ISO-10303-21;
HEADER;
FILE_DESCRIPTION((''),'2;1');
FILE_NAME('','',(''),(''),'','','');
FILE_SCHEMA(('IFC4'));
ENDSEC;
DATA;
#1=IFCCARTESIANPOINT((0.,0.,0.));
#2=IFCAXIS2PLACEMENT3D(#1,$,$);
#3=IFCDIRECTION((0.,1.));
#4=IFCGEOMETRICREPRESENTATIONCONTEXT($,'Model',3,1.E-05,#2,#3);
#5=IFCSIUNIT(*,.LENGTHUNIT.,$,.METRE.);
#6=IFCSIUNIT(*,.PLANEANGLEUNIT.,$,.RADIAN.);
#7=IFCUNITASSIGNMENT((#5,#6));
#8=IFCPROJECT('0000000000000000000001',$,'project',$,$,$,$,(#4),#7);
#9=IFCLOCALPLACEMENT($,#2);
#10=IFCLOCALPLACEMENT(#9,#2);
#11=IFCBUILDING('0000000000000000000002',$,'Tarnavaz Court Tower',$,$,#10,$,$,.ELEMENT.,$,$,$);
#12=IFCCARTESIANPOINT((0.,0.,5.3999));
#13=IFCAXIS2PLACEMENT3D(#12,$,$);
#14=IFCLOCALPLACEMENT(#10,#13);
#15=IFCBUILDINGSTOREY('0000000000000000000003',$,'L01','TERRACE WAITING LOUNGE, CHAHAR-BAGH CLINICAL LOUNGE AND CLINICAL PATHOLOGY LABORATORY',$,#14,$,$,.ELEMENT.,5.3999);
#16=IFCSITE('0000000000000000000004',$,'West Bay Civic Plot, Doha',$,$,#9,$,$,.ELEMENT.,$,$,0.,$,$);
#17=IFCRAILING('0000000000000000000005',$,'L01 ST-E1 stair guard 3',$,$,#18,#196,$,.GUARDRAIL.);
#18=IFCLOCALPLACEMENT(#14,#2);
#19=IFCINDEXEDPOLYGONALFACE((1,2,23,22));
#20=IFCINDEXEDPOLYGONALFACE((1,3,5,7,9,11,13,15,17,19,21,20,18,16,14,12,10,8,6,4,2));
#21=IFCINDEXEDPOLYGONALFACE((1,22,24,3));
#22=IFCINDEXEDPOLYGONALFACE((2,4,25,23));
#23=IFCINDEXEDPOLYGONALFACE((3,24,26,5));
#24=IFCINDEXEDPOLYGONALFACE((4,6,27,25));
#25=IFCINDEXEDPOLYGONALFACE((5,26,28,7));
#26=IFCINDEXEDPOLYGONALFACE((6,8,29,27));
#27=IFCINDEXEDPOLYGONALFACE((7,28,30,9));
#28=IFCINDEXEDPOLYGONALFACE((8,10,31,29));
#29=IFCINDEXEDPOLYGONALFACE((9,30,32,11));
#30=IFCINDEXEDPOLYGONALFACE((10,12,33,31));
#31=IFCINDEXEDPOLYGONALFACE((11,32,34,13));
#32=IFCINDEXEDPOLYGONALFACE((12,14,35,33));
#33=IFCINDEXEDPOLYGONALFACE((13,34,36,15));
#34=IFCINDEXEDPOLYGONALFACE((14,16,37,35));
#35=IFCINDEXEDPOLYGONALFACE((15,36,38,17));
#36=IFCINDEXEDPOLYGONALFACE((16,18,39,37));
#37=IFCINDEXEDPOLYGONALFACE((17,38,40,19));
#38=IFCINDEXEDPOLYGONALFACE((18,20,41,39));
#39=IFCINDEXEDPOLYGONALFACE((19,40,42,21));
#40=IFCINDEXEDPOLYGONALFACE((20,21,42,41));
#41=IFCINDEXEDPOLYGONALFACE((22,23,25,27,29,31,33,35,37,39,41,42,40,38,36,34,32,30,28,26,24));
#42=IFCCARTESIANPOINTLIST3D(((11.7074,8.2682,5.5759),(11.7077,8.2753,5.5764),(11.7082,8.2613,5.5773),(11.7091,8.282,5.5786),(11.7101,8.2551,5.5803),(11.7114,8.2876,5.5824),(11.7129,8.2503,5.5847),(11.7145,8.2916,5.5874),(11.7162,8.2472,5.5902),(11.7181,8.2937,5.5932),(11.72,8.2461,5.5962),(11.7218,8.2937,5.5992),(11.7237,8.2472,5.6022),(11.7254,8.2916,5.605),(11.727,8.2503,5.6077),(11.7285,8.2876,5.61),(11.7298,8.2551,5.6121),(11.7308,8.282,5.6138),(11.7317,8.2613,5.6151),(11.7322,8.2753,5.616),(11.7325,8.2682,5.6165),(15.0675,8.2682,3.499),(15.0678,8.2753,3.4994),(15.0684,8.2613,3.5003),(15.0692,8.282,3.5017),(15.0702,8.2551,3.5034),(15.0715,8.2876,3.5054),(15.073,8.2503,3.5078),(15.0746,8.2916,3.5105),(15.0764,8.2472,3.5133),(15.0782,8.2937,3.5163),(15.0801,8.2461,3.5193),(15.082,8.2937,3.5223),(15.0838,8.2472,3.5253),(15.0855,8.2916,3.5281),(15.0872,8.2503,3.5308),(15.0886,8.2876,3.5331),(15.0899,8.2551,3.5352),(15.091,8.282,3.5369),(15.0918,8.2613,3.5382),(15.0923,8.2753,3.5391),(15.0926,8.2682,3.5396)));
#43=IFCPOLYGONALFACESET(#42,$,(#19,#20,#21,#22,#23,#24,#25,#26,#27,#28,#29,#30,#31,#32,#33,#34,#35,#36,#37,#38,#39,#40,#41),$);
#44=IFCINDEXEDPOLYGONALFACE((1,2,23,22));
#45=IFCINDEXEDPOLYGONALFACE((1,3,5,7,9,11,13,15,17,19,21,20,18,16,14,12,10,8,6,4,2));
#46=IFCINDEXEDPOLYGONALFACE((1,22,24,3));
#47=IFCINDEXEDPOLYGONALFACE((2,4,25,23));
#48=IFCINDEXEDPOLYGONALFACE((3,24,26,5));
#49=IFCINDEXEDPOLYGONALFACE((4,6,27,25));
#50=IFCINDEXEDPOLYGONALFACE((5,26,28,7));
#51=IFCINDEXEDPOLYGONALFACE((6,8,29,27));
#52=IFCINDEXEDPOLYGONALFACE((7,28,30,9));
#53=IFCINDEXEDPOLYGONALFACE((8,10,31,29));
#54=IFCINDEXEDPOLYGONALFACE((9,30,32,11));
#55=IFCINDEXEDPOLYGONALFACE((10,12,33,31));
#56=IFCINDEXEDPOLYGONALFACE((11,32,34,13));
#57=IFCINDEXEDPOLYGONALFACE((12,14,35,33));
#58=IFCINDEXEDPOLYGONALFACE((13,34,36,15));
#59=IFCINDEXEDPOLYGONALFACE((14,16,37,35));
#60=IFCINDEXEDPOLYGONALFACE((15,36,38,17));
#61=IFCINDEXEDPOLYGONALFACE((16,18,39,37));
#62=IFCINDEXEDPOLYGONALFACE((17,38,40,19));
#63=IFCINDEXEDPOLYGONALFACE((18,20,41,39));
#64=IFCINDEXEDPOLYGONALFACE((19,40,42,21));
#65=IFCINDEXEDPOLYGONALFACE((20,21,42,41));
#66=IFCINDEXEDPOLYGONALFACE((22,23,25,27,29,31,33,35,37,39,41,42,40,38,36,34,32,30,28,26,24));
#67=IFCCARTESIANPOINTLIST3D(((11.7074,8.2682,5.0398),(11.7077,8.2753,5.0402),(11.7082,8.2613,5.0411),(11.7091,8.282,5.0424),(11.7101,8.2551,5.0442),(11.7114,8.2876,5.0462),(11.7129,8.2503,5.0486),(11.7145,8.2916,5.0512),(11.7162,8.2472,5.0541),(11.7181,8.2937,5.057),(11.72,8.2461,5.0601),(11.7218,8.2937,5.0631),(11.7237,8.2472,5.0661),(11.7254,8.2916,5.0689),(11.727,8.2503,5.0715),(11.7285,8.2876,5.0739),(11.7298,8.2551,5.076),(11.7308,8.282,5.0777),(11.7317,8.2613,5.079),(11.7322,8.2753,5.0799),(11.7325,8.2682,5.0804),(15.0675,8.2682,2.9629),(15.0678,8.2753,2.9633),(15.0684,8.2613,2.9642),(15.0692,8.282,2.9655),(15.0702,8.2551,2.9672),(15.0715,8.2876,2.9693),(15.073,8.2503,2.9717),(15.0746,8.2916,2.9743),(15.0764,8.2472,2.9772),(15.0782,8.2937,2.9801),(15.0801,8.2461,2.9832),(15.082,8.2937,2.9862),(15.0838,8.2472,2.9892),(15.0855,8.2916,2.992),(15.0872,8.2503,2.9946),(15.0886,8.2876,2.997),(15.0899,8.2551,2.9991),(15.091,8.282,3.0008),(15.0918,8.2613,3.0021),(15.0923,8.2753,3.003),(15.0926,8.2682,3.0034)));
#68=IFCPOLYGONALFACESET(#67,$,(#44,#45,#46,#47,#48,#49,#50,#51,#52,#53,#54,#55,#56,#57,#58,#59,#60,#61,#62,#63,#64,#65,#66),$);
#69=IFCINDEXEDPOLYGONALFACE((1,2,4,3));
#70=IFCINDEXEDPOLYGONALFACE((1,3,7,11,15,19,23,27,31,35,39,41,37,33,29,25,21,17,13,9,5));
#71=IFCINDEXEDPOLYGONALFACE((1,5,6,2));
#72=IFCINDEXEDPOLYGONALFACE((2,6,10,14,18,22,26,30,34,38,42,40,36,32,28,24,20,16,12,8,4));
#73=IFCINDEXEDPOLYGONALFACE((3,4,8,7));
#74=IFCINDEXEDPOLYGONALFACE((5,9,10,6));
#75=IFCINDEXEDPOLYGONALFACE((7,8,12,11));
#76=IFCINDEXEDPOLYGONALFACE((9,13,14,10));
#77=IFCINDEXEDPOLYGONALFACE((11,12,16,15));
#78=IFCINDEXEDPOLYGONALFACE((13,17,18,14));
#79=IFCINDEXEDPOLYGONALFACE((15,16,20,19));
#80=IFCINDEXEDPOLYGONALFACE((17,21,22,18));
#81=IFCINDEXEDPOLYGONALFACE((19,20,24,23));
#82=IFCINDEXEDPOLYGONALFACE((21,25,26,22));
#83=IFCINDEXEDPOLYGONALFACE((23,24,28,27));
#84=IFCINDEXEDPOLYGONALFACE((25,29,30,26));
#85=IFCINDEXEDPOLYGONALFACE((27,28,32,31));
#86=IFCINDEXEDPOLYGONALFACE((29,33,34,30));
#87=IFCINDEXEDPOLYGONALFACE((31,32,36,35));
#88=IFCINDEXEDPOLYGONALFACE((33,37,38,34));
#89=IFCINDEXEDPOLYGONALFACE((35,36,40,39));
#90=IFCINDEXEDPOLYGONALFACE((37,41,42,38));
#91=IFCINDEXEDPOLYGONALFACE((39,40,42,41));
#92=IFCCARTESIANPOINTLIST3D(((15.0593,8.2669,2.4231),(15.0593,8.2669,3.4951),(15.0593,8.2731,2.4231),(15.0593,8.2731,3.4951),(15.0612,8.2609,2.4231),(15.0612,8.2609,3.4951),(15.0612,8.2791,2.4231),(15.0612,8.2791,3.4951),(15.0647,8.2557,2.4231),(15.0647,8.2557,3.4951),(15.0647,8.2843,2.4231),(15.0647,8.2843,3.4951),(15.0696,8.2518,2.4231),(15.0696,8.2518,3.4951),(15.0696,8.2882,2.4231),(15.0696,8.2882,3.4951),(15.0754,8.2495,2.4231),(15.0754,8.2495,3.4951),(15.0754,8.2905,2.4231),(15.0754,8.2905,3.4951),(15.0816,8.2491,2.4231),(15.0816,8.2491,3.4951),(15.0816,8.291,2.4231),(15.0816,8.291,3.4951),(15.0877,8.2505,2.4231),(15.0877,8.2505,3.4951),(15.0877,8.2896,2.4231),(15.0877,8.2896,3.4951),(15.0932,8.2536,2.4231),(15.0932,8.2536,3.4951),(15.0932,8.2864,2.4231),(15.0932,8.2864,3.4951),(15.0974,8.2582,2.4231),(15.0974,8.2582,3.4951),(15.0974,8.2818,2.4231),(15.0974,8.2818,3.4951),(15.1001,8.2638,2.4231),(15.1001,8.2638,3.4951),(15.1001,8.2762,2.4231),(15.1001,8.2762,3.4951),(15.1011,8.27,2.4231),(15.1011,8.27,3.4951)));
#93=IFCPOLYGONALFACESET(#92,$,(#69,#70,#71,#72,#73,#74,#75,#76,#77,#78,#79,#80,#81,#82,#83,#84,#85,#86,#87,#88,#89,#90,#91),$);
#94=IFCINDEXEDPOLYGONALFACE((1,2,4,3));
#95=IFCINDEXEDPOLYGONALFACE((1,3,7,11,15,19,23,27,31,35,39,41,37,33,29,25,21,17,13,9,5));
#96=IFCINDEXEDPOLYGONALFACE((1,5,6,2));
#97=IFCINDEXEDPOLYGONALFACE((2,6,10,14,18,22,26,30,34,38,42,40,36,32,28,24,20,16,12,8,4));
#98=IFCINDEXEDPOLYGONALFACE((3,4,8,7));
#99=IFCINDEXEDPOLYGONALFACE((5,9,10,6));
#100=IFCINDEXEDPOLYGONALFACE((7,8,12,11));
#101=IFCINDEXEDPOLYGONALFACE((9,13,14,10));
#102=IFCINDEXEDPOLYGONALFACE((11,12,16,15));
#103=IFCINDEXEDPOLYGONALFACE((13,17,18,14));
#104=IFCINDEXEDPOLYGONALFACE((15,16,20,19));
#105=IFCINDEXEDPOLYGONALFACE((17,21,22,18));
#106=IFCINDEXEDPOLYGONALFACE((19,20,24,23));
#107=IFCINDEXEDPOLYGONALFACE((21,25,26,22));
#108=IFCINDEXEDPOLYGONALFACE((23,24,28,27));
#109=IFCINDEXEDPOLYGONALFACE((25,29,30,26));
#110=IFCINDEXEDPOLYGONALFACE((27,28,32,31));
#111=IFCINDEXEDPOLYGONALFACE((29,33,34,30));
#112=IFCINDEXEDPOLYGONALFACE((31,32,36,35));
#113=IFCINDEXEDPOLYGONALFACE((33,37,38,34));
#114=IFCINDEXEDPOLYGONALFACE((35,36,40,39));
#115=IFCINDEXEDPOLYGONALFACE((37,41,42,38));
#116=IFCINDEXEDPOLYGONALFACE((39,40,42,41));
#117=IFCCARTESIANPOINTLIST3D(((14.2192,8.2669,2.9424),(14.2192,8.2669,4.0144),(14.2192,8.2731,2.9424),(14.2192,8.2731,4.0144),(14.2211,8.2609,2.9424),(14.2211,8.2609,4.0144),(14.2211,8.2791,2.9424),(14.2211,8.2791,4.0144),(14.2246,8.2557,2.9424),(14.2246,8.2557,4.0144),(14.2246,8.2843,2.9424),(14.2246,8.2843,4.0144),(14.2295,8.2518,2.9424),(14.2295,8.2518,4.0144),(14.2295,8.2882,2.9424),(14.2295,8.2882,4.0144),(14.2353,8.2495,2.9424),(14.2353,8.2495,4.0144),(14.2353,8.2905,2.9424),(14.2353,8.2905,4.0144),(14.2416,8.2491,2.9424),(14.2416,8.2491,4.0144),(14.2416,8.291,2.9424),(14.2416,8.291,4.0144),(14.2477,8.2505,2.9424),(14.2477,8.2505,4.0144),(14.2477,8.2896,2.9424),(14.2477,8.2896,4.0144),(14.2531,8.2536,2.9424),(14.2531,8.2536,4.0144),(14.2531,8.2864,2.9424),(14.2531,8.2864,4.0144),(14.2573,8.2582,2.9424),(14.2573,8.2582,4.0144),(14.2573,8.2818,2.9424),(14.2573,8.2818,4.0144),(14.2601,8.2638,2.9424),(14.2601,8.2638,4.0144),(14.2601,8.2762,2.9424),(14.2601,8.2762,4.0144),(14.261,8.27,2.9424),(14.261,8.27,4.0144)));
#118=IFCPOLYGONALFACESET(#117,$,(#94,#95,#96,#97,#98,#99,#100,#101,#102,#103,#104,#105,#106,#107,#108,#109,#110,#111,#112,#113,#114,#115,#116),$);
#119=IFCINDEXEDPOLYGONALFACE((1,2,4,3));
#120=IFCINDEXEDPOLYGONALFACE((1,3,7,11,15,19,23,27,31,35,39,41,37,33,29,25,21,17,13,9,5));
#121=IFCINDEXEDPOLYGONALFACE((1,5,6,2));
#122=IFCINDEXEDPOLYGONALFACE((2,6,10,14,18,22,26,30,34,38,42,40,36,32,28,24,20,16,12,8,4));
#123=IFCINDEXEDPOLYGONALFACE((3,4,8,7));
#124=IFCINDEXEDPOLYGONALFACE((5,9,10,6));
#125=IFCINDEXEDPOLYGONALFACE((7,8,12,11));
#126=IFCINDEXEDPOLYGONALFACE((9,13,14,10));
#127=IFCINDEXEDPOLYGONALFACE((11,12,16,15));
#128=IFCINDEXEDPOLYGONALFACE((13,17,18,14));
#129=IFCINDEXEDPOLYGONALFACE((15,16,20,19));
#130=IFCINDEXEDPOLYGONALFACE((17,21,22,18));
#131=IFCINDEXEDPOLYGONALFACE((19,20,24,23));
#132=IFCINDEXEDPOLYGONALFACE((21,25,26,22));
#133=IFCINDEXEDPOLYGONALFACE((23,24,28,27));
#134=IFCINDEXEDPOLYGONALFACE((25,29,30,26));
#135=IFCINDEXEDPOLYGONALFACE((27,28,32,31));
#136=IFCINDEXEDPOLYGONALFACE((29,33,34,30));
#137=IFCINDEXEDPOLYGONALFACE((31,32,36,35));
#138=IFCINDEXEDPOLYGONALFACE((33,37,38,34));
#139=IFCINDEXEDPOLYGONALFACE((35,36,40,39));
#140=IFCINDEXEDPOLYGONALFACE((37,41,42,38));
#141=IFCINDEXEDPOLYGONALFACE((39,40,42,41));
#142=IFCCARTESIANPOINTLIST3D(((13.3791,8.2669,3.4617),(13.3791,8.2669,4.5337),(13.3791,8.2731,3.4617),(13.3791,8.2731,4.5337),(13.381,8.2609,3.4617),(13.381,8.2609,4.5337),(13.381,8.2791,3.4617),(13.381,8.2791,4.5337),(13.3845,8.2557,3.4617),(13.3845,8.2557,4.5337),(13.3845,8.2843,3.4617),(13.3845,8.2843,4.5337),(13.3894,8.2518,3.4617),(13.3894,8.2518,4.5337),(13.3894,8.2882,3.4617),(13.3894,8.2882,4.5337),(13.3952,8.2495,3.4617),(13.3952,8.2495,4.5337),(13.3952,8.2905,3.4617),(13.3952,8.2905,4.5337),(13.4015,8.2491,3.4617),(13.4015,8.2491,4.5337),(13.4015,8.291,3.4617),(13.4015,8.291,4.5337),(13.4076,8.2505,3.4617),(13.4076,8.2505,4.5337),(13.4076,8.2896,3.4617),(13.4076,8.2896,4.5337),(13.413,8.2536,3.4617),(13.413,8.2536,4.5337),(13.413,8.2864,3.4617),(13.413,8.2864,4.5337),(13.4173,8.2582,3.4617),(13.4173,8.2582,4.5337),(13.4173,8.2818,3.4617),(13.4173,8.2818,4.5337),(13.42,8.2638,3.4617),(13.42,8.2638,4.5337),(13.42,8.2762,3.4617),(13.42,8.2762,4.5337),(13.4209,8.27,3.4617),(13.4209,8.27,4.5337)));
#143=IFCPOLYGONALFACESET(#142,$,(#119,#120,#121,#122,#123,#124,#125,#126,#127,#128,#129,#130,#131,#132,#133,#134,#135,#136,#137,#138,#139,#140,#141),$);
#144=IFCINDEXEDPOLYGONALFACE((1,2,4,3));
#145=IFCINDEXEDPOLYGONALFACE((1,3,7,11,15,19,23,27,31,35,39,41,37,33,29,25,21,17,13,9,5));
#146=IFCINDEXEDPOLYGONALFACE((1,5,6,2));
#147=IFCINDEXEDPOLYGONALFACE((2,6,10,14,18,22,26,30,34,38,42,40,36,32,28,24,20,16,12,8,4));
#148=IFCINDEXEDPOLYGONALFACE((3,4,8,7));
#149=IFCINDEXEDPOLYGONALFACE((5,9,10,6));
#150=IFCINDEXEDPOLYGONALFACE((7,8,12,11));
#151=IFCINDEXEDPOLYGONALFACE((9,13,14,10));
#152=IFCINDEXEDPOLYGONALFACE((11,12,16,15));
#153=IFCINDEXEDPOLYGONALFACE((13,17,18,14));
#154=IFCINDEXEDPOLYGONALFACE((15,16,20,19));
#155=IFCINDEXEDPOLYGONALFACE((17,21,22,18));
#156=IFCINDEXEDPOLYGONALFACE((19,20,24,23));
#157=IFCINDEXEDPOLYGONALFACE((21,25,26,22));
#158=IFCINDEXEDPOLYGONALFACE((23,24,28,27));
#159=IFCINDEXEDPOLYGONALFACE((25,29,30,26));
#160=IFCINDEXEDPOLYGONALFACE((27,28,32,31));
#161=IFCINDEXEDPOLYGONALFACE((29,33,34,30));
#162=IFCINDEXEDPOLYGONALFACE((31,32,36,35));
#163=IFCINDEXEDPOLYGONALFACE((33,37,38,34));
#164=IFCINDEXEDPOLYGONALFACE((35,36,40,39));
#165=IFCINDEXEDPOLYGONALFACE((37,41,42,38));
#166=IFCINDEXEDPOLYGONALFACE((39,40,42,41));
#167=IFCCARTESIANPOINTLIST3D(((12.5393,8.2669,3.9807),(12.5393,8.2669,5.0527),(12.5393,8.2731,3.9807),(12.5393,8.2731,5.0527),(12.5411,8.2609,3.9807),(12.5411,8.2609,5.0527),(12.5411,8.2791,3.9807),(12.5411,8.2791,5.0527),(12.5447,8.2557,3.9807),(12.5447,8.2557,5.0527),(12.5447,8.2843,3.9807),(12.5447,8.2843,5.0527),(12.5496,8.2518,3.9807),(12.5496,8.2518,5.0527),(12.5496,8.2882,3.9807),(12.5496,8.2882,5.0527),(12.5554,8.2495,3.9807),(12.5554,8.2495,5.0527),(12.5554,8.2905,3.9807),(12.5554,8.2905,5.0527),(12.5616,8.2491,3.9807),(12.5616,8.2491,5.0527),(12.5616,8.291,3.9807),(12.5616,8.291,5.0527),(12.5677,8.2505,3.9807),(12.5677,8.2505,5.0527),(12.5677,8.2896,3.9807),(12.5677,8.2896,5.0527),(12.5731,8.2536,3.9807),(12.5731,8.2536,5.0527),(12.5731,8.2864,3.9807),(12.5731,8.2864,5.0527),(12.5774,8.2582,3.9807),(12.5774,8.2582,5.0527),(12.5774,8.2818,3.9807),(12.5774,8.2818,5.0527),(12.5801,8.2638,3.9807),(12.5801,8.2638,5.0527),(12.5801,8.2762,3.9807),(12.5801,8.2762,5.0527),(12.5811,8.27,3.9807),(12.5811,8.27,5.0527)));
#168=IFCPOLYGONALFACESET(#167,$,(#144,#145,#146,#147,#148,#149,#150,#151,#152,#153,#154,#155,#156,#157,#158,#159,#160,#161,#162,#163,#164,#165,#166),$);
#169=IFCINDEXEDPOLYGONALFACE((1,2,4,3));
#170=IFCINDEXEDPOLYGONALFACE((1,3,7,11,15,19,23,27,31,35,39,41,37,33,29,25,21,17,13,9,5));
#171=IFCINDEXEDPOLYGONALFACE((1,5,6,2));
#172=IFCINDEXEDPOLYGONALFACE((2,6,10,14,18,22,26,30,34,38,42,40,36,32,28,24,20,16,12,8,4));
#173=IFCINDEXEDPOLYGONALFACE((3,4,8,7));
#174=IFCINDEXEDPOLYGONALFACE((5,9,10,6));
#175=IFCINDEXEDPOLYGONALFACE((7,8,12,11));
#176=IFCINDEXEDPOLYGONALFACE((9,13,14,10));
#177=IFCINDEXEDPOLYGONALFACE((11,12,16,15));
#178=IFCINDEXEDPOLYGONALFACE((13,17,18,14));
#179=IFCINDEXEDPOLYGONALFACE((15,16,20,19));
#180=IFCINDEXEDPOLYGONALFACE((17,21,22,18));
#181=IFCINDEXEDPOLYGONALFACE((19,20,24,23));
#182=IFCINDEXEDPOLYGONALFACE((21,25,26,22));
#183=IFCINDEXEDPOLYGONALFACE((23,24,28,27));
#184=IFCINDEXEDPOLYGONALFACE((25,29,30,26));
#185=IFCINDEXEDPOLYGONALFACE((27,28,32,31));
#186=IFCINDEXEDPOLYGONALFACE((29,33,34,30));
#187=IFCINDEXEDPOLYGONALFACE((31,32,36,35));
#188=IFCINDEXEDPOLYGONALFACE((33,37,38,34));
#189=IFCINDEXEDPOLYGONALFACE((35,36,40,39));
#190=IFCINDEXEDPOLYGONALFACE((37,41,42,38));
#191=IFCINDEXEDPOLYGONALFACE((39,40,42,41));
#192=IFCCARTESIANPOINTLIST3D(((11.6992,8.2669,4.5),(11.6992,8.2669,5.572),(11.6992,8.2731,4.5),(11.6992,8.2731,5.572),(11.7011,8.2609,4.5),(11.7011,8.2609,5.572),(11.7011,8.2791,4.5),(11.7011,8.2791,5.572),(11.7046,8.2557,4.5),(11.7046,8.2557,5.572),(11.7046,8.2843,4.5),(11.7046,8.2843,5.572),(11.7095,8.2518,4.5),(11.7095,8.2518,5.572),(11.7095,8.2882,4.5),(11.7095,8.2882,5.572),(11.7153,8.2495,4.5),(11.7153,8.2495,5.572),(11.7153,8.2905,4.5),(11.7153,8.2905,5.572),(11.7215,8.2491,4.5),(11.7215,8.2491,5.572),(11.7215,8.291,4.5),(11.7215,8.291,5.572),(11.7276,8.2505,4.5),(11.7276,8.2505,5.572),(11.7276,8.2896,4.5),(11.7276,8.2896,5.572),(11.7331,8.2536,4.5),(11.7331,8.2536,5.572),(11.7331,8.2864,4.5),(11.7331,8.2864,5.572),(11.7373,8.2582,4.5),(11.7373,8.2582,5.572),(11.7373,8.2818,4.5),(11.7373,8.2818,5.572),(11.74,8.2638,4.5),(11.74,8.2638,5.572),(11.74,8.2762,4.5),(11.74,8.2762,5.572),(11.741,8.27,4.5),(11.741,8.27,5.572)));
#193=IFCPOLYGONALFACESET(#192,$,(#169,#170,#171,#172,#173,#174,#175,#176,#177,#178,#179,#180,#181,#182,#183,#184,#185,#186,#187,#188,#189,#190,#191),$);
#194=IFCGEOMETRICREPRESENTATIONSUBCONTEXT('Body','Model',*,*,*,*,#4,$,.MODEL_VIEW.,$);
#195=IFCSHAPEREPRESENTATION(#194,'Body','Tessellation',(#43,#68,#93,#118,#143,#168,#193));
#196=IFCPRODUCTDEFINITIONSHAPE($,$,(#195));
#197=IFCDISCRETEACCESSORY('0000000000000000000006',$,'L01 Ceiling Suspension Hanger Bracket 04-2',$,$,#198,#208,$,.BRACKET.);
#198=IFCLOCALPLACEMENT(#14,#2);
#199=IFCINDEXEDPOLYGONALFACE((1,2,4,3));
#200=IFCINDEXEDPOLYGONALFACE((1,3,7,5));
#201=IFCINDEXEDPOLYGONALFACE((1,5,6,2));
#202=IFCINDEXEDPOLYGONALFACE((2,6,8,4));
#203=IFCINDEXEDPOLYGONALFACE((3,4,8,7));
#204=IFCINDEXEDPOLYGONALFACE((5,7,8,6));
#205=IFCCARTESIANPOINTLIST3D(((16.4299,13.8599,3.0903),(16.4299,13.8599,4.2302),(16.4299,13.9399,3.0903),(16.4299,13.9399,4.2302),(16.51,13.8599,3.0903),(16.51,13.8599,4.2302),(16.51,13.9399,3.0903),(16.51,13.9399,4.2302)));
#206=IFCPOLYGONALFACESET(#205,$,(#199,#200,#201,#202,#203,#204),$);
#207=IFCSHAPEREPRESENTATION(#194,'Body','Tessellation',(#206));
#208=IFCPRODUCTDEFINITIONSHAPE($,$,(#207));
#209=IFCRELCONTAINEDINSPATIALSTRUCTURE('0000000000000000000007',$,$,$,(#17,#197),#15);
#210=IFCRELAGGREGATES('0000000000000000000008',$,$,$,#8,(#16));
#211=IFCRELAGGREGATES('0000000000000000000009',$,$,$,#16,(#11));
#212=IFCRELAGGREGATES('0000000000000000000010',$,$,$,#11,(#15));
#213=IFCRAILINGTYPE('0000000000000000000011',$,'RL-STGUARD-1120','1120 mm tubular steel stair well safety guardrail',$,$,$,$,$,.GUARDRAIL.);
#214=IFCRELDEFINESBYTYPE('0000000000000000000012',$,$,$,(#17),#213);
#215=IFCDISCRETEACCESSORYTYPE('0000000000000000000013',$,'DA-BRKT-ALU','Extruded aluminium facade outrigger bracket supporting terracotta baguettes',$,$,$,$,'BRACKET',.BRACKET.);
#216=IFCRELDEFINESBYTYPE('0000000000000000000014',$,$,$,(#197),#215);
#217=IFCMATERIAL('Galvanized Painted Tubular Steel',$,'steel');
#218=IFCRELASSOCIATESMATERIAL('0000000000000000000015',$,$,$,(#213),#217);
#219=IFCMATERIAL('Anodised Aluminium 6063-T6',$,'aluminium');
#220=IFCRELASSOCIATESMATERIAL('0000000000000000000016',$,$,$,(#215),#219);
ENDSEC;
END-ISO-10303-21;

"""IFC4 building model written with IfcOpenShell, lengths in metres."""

from ifc_helpers import new_model, si_unit, direction, frame, origin, origin_2d, place, context, subcontext, project, spatial, rectangle, circle, extrude, material, type_object, element, save


model = new_model("IFC4")

# Units and contexts
model_context = context("Model", 3, precision=1e-05, world=origin(), true_north=direction((0.0, 1.0)))
body_context = subcontext(model_context, "Body", "Model", "MODEL_VIEW")
ifc_project = project(units=[si_unit("LENGTHUNIT", "METRE"), si_unit("PLANEANGLEUNIT", "RADIAN")], contexts=[model_context])

# Site, building, storey
site_placement = place(None, origin())
site = spatial("IfcSite", under=ifc_project, at=site_placement, Name="West Bay Civic Plot, Doha", CompositionType="ELEMENT", RefElevation=0.0)
building_placement = place(site_placement, origin())
building = spatial("IfcBuilding", under=site, at=building_placement, Name="Tarnavaz Court Tower", CompositionType="ELEMENT")
storey_placement = place(building_placement, frame((0.0, 0.0, 5.3999)))
storey = spatial("IfcBuildingStorey", under=building, at=storey_placement, Name="L01", Description="TERRACE WAITING LOUNGE, CHAHAR-BAGH CLINICAL LOUNGE AND CLINICAL PATHOLOGY LABORATORY", CompositionType="ELEMENT", Elevation=5.3999)

# Railing
ifc_material_1 = material(Name="Galvanized Painted Tubular Steel", Category="steel")
railing_type_1 = type_object("IfcRailingType", Name="RL-STGUARD-1120", Description="1120 mm tubular steel stair well safety guardrail", PredefinedType="GUARDRAIL", material=ifc_material_1)
railing_1_placement = place(storey_placement, frame((15.0801, 8.27, 2.4231)))
element("IfcRailing", 1, at=railing_1_placement, inside=storey, type_object=railing_type_1, Name="L01 ST-E1 stair guard 3", PredefinedType="GUARDRAIL", context=body_context, shape_type="SweptSolid", body=[
    extrude(circle(Radius=0.0239, at=origin_2d()), frame((0.0, 0.0, 1.0962), z_axis=(-0.850623, 0.0, 0.525776), x_axis=(0.0, -1.0, 0.0)), (0.0, 0.0, 1.0), 3.9502),
    extrude(circle(Radius=0.0239, at=origin_2d()), frame((0.0, 0.0, 0.5601), z_axis=(-0.850623, 0.0, 0.525776), x_axis=(0.0, -1.0, 0.0)), (0.0, 0.0, 1.0), 3.9502),
    extrude(circle(Radius=0.021, at=origin_2d()), origin(), (0.0, 0.0, 1.0), 1.072),
    extrude(circle(Radius=0.021, at=origin_2d()), frame((-0.8401, 0.0, 0.5193)), (0.0, 0.0, 1.0), 1.072),
    extrude(circle(Radius=0.021, at=origin_2d()), frame((-1.6802, 0.0, 1.0386)), (0.0, 0.0, 1.0), 1.072),
    extrude(circle(Radius=0.021, at=origin_2d()), frame((-2.52, 0.0, 1.5576)), (0.0, 0.0, 1.0), 1.072),
    extrude(circle(Radius=0.021, at=origin_2d()), frame((-3.3601, 0.0, 2.0769)), (0.0, 0.0, 1.0), 1.072),
])

# Discrete accessory
ifc_material_2 = material(Name="Anodised Aluminium 6063-T6", Category="aluminium")
discrete_accessory_type = type_object("IfcDiscreteAccessoryType", Name="DA-BRKT-ALU", Description="Extruded aluminium facade outrigger bracket supporting terracotta baguettes", ElementType="BRACKET", PredefinedType="BRACKET", material=ifc_material_2)
discrete_accessory_placement = place(storey_placement, frame((16.47, 13.8999, 3.0903), z_axis=(0.0, 0.0, 1.0), x_axis=(1.0, 0.0, 0.0)))
element("IfcDiscreteAccessory", 2, at=discrete_accessory_placement, inside=storey, type_object=discrete_accessory_type, Name="L01 Ceiling Suspension Hanger Bracket 04-2", PredefinedType="BRACKET", context=body_context, shape_type="SweptSolid", body=[
    extrude(rectangle(XDim=0.0801, YDim=0.0801, at=origin_2d()), origin(), (0.0, 0.0, 1.0), 1.1399),
])

save(model, "model.ifc")
